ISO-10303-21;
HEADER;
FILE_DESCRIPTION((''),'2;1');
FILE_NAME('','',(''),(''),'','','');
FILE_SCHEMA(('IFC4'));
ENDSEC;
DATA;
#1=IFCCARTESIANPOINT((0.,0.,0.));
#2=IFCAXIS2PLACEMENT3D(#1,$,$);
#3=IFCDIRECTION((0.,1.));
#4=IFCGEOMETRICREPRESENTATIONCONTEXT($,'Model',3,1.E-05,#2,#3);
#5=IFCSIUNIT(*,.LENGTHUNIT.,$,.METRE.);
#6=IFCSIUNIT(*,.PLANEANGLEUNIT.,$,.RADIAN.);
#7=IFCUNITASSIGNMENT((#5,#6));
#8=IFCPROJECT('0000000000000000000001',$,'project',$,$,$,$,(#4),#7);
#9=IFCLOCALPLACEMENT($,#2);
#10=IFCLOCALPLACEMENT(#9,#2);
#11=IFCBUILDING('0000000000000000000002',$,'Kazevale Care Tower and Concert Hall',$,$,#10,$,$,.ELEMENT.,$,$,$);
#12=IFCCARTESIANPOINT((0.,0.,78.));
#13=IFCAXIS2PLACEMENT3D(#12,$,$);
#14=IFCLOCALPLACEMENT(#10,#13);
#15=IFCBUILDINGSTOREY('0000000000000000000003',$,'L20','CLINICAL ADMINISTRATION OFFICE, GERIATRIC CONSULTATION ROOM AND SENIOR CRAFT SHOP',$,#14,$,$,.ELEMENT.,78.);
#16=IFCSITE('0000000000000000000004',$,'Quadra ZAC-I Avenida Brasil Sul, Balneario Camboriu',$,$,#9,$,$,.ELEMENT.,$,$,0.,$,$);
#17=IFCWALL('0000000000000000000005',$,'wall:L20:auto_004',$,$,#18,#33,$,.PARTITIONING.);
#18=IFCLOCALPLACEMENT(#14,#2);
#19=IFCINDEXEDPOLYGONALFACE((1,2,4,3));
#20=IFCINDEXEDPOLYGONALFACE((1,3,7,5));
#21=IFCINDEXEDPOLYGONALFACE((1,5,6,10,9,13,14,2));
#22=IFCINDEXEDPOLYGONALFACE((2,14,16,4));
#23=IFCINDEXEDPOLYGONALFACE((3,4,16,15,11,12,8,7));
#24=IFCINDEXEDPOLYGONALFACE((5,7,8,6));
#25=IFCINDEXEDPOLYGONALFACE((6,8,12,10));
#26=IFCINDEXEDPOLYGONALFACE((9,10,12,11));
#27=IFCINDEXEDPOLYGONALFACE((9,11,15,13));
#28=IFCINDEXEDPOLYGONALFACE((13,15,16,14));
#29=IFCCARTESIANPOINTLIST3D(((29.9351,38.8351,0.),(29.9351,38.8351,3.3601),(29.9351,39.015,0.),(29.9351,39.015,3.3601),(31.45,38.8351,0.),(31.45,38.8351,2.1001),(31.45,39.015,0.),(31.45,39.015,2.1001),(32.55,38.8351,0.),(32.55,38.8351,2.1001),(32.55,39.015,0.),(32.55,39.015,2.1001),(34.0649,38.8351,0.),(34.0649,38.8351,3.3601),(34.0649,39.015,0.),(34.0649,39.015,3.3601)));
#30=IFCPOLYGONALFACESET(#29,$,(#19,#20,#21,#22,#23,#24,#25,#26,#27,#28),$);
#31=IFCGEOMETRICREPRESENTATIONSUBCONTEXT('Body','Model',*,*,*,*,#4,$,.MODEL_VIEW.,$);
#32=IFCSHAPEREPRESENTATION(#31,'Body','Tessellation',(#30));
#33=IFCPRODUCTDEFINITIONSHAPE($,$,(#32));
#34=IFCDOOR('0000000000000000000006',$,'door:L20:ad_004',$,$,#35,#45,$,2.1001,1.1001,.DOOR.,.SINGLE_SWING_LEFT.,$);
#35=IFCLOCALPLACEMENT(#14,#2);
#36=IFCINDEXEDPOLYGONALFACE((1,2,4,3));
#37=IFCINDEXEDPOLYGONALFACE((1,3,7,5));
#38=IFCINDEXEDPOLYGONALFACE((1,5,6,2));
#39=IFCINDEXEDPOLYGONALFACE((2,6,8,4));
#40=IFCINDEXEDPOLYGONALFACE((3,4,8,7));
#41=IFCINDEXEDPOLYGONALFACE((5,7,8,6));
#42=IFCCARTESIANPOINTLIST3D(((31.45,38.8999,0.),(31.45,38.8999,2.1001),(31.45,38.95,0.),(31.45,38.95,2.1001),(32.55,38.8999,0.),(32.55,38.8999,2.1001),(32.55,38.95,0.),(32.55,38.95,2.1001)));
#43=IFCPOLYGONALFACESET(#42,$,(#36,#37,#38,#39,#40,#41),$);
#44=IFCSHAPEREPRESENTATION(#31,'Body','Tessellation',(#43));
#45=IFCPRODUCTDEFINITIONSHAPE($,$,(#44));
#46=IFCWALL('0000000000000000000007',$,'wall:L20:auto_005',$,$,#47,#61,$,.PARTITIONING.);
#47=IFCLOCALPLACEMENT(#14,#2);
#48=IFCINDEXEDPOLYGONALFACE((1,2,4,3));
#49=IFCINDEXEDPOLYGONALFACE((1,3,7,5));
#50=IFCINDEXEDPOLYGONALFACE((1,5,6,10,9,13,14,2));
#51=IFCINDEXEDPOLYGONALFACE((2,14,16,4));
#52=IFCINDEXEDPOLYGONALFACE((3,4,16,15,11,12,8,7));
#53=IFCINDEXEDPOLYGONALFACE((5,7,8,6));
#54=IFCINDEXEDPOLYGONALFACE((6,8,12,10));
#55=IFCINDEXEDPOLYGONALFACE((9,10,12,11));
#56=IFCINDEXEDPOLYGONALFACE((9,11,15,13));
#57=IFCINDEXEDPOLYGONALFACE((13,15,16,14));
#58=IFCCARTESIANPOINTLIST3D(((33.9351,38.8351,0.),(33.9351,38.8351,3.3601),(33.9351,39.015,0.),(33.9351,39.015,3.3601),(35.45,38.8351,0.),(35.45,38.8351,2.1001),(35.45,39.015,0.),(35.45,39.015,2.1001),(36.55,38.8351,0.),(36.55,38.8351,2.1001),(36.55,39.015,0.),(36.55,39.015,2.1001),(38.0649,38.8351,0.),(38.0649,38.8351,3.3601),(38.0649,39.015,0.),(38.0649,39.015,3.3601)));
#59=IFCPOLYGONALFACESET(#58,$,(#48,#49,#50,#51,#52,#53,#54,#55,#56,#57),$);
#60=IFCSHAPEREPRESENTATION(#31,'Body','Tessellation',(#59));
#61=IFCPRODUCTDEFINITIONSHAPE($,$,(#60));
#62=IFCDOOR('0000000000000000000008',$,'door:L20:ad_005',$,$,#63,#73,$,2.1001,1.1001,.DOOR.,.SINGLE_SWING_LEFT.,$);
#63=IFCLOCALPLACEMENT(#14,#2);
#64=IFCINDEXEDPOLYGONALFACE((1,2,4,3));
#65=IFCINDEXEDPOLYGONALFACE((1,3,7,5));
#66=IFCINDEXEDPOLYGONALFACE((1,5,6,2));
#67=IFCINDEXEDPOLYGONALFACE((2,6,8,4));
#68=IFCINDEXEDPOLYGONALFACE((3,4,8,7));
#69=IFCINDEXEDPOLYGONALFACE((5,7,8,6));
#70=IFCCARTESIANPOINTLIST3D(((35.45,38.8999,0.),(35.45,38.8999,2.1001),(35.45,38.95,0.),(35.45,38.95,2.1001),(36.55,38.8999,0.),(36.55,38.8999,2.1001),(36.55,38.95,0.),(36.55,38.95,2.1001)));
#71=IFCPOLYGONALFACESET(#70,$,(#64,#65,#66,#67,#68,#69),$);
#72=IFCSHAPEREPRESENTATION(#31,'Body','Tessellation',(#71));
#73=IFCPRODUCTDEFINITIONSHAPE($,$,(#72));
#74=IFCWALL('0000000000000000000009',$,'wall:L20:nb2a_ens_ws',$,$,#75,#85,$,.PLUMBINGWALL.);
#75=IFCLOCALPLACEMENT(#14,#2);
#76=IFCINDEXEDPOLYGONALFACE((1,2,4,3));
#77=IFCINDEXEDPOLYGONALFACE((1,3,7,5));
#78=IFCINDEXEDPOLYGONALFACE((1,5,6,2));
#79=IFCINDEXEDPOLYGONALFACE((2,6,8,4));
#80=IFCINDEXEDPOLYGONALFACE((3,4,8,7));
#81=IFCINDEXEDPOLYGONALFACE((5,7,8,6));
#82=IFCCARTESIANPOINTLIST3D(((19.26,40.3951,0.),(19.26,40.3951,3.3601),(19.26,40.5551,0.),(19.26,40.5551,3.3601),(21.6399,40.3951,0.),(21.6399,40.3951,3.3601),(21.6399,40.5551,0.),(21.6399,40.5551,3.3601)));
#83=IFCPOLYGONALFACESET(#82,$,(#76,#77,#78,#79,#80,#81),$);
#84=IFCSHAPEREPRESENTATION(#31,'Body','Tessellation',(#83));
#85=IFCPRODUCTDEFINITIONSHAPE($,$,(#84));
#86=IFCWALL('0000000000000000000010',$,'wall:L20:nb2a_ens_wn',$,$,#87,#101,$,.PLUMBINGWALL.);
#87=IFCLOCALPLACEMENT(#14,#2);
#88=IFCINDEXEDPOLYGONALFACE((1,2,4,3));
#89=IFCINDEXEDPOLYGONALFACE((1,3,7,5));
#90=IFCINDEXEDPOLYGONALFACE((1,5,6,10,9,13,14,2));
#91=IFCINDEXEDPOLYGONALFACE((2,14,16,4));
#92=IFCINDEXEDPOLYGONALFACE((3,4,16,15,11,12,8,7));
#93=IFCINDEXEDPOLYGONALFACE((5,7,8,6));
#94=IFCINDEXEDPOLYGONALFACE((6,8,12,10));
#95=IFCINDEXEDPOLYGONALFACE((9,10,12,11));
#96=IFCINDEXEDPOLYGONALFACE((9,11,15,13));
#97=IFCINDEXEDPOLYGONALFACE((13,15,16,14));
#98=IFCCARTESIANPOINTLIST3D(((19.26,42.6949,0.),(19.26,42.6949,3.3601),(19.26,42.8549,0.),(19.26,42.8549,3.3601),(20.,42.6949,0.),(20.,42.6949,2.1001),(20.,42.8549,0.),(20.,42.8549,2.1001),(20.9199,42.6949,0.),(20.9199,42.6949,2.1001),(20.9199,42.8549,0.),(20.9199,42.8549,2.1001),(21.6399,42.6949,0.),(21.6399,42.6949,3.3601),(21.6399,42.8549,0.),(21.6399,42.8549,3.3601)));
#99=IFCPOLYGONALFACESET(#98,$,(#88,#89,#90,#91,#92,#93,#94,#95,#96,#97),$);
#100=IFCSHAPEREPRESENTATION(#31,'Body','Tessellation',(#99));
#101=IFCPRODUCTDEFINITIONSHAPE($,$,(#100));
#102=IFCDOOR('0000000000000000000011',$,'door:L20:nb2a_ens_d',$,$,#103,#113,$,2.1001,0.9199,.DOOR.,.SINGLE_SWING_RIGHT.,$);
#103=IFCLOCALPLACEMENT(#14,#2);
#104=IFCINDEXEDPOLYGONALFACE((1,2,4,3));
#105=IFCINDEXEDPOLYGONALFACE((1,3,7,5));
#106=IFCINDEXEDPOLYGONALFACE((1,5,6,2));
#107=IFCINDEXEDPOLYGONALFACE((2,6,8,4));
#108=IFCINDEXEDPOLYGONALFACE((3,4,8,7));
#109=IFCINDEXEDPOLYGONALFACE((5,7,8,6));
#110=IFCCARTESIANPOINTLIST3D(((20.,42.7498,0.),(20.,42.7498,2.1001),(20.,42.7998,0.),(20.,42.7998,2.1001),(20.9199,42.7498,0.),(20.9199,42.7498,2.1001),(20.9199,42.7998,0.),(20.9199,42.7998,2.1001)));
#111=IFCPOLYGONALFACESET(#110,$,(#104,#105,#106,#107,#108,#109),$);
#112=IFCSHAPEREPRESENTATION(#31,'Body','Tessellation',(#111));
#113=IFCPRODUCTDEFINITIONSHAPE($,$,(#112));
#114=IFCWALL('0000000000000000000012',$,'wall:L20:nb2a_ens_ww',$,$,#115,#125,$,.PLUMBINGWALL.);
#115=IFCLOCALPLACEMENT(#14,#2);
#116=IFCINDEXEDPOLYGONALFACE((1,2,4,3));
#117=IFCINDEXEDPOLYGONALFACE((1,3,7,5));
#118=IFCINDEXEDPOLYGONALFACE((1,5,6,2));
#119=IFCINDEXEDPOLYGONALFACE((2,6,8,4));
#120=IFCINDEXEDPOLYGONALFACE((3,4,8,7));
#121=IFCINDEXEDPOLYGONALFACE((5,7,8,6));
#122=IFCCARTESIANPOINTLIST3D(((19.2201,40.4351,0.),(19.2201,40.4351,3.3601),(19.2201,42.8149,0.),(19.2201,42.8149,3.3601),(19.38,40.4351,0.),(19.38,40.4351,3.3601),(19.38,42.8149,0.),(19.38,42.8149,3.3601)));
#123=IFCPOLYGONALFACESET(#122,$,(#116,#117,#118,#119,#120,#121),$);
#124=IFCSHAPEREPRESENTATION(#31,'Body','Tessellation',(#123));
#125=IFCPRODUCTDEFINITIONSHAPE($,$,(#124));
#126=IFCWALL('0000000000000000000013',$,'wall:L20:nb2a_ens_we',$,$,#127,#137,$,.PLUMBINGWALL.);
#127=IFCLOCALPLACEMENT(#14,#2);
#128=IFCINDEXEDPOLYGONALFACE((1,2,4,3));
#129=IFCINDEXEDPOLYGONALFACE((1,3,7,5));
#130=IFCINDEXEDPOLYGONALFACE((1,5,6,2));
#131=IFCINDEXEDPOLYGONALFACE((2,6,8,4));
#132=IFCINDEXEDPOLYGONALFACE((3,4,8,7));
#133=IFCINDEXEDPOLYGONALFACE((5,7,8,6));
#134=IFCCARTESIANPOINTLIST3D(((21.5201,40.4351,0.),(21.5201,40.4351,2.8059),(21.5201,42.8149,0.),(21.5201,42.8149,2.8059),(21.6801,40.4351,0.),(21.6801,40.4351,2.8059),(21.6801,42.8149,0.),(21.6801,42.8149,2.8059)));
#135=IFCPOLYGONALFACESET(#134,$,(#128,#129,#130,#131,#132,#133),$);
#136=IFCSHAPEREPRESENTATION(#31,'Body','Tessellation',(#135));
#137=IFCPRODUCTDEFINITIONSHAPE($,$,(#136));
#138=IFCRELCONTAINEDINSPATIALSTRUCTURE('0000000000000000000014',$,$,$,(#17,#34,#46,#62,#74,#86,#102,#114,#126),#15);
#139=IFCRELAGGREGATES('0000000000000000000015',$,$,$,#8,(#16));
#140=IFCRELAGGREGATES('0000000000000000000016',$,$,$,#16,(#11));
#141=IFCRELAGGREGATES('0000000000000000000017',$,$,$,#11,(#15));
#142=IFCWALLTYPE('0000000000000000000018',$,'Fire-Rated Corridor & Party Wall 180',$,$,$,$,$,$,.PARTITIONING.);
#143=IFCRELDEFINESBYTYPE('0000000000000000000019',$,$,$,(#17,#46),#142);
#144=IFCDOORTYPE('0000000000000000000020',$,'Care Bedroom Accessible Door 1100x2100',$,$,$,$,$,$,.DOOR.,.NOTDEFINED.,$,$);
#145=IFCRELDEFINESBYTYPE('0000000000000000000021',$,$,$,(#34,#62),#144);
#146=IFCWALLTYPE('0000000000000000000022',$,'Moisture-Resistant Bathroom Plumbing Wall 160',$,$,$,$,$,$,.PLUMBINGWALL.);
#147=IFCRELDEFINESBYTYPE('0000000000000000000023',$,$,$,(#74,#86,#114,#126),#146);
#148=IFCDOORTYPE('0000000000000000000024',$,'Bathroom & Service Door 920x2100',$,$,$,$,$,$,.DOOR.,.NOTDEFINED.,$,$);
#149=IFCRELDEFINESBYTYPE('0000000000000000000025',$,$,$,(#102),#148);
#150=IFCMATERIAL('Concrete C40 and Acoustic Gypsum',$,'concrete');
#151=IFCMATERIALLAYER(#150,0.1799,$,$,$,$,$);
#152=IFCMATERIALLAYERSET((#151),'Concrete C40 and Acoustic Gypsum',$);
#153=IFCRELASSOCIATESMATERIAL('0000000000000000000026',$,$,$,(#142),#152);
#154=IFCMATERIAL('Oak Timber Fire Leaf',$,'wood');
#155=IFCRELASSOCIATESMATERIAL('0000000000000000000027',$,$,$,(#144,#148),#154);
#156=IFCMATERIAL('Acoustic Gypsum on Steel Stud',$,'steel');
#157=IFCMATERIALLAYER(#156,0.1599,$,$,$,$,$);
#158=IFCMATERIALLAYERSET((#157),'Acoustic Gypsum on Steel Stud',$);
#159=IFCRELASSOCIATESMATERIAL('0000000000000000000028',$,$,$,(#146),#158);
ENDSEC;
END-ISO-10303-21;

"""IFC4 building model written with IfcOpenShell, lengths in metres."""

from ifc_helpers import new_model, si_unit, direction, frame, frame_2d, origin, place, context, subcontext, project, spatial, rectangle, extrude, material, layer, layer_set, type_object, element, fill, save


model = new_model("IFC4")

# Units and contexts
model_context = context("Model", 3, precision=1e-05, world=origin(), true_north=direction((0.0, 1.0)))
body_context = subcontext(model_context, "Body", "Model", "MODEL_VIEW")
ifc_project = project(units=[si_unit("LENGTHUNIT", "METRE"), si_unit("PLANEANGLEUNIT", "RADIAN")], contexts=[model_context])

# Site, building, storey
site_placement = place(None, origin())
site = spatial("IfcSite", under=ifc_project, at=site_placement, Name="Quadra ZAC-I Avenida Brasil Sul, Balneario Camboriu", CompositionType="ELEMENT", RefElevation=0.0)
building_placement = place(site_placement, origin())
building = spatial("IfcBuilding", under=site, at=building_placement, Name="Kazevale Care Tower and Concert Hall", CompositionType="ELEMENT")
storey_placement = place(building_placement, frame((0.0, 0.0, 78.0)))
storey = spatial("IfcBuildingStorey", under=building, at=storey_placement, Name="L20", Description="CLINICAL ADMINISTRATION OFFICE, GERIATRIC CONSULTATION ROOM AND SENIOR CRAFT SHOP", CompositionType="ELEMENT", Elevation=78.0)

# Shared definitions
ifc_material_1 = material(Name="Acoustic Gypsum on Steel Stud", Category="steel")

# Walls, openings, doors
ifc_material_2 = material(Name="Concrete C40 and Acoustic Gypsum", Category="concrete")
ifc_layer_1 = layer(ifc_material_2, 0.1799)
ifc_layer_set_1 = layer_set([ifc_layer_1], Name="Concrete C40 and Acoustic Gypsum")
wall_type_1 = type_object("IfcWallType", Name="Fire-Rated Corridor & Party Wall 180", PredefinedType="PARTITIONING", material=ifc_layer_set_1)
wall_1_placement = place(storey_placement, frame((29.9351, 38.925, 0.0), z_axis=(0.0, 0.0, 1.0), x_axis=(1.0, 0.0, 0.0)))
wall_1 = element("IfcWall", 1, at=wall_1_placement, inside=storey, type_object=wall_type_1, Name="wall:L20:auto_004", PredefinedType="PARTITIONING", context=body_context, shape_type="SweptSolid", body=[
    extrude(rectangle(XDim=4.1299, YDim=0.1799, at=frame_2d((2.0649, 0.0))), origin(), (0.0, 0.0, 1.0), 3.3601),
])
opening_1_placement = place(wall_1_placement, frame((1.5149, 0.0, 0.0)))
opening_1 = element("IfcOpeningElement", 2, at=opening_1_placement, cuts=wall_1, PredefinedType="OPENING", context=body_context, shape_type="SweptSolid", body=[
    extrude(rectangle(XDim=1.1001, YDim=2.1001, at=frame_2d((0.55, 1.05))), frame((0.0, 0.0999, 0.0), z_axis=(0.0, -1.0, 0.0), x_axis=(1.0, 0.0, 0.0)), (0.0, 0.0, 1.0), 0.2),
])
ifc_material_3 = material(Name="Oak Timber Fire Leaf", Category="wood")
door_type_1 = type_object("IfcDoorType", Name="Care Bedroom Accessible Door 1100x2100", OperationType="NOTDEFINED", PredefinedType="DOOR", material=ifc_material_3)
door_1_placement = place(opening_1_placement, origin())
door_1 = element("IfcDoor", 3, at=door_1_placement, inside=storey, type_object=door_type_1, Name="door:L20:ad_004", OperationType="SINGLE_SWING_LEFT", OverallHeight=2.1001, OverallWidth=1.1001, PredefinedType="DOOR", context=body_context, shape_type="SweptSolid", body=[
    extrude(rectangle(XDim=1.1001, YDim=2.1001, at=frame_2d((0.55, 1.05))), frame((0.0, 0.0249, 0.0), z_axis=(0.0, -1.0, 0.0), x_axis=(1.0, 0.0, 0.0)), (0.0, 0.0, 1.0), 0.05),
])
fill(opening_1, door_1)
wall_2_placement = place(storey_placement, frame((33.9351, 38.925, 0.0), z_axis=(0.0, 0.0, 1.0), x_axis=(1.0, 0.0, 0.0)))
wall_2 = element("IfcWall", 4, at=wall_2_placement, inside=storey, type_object=wall_type_1, Name="wall:L20:auto_005", PredefinedType="PARTITIONING", context=body_context, shape_type="SweptSolid", body=[
    extrude(rectangle(XDim=4.1299, YDim=0.1799, at=frame_2d((2.0649, 0.0))), origin(), (0.0, 0.0, 1.0), 3.3601),
])
opening_2_placement = place(wall_2_placement, frame((1.5149, 0.0, 0.0)))
opening_2 = element("IfcOpeningElement", 5, at=opening_2_placement, cuts=wall_2, PredefinedType="OPENING", context=body_context, shape_type="SweptSolid", body=[
    extrude(rectangle(XDim=1.1001, YDim=2.1001, at=frame_2d((0.55, 1.05))), frame((0.0, 0.0999, 0.0), z_axis=(0.0, -1.0, 0.0), x_axis=(1.0, 0.0, 0.0)), (0.0, 0.0, 1.0), 0.2),
])
door_2_placement = place(opening_2_placement, origin())
door_2 = element("IfcDoor", 6, at=door_2_placement, inside=storey, type_object=door_type_1, Name="door:L20:ad_005", OperationType="SINGLE_SWING_LEFT", OverallHeight=2.1001, OverallWidth=1.1001, PredefinedType="DOOR", context=body_context, shape_type="SweptSolid", body=[
    extrude(rectangle(XDim=1.1001, YDim=2.1001, at=frame_2d((0.55, 1.05))), frame((0.0, 0.0249, 0.0), z_axis=(0.0, -1.0, 0.0), x_axis=(1.0, 0.0, 0.0)), (0.0, 0.0, 1.0), 0.05),
])
fill(opening_2, door_2)

# Wall
ifc_layer_2 = layer(ifc_material_1, 0.1599)
ifc_layer_set_2 = layer_set([ifc_layer_2], Name="Acoustic Gypsum on Steel Stud")
wall_type_2 = type_object("IfcWallType", Name="Moisture-Resistant Bathroom Plumbing Wall 160", PredefinedType="PLUMBINGWALL", material=ifc_layer_set_2)
wall_3_placement = place(storey_placement, frame((19.26, 40.4751, 0.0), z_axis=(0.0, 0.0, 1.0), x_axis=(1.0, 0.0, 0.0)))
element("IfcWall", 7, at=wall_3_placement, inside=storey, type_object=wall_type_2, Name="wall:L20:nb2a_ens_ws", PredefinedType="PLUMBINGWALL", context=body_context, shape_type="SweptSolid", body=[
    extrude(rectangle(XDim=2.3799, YDim=0.1599, at=frame_2d((1.1899, 0.0))), origin(), (0.0, 0.0, 1.0), 3.3601),
])

# Wall, opening, door
wall_4_placement = place(storey_placement, frame((19.26, 42.7749, 0.0), z_axis=(0.0, 0.0, 1.0), x_axis=(1.0, 0.0, 0.0)))
wall_4 = element("IfcWall", 8, at=wall_4_placement, inside=storey, type_object=wall_type_2, Name="wall:L20:nb2a_ens_wn", PredefinedType="PLUMBINGWALL", context=body_context, shape_type="SweptSolid", body=[
    extrude(rectangle(XDim=2.3799, YDim=0.1599, at=frame_2d((1.1899, 0.0))), origin(), (0.0, 0.0, 1.0), 3.3601),
])
opening_3_placement = place(wall_4_placement, frame((0.74, 0.0, 0.0)))
opening_3 = element("IfcOpeningElement", 9, at=opening_3_placement, cuts=wall_4, PredefinedType="OPENING", context=body_context, shape_type="SweptSolid", body=[
    extrude(rectangle(XDim=0.9199, YDim=2.1001, at=frame_2d((0.46, 1.05))), frame((0.0, 0.0898, 0.0), z_axis=(0.0, -1.0, 0.0), x_axis=(1.0, 0.0, 0.0)), (0.0, 0.0, 1.0), 0.1799),
])
door_type_2 = type_object("IfcDoorType", Name="Bathroom & Service Door 920x2100", OperationType="NOTDEFINED", PredefinedType="DOOR", material=ifc_material_3)
door_3_placement = place(opening_3_placement, origin())
door_3 = element("IfcDoor", 10, at=door_3_placement, inside=storey, type_object=door_type_2, Name="door:L20:nb2a_ens_d", OperationType="SINGLE_SWING_RIGHT", OverallHeight=2.1001, OverallWidth=0.9199, PredefinedType="DOOR", context=body_context, shape_type="SweptSolid", body=[
    extrude(rectangle(XDim=0.9199, YDim=2.1001, at=frame_2d((0.46, 1.05))), frame((0.0, 0.0249, 0.0), z_axis=(0.0, -1.0, 0.0), x_axis=(1.0, 0.0, 0.0)), (0.0, 0.0, 1.0), 0.05),
])
fill(opening_3, door_3)

# Walls
wall_5_placement = place(storey_placement, frame((19.3, 40.4351, 0.0), z_axis=(0.0, 0.0, 1.0), x_axis=(0.0, 1.0, 0.0)))
element("IfcWall", 11, at=wall_5_placement, inside=storey, type_object=wall_type_2, Name="wall:L20:nb2a_ens_ww", PredefinedType="PLUMBINGWALL", context=body_context, shape_type="SweptSolid", body=[
    extrude(rectangle(XDim=2.3799, YDim=0.1599, at=frame_2d((1.1899, 0.0))), origin(), (0.0, 0.0, 1.0), 3.3601),
])
wall_6_placement = place(storey_placement, frame((21.6001, 40.4351, 0.0), z_axis=(0.0, 0.0, 1.0), x_axis=(0.0, 1.0, 0.0)))
element("IfcWall", 12, at=wall_6_placement, inside=storey, type_object=wall_type_2, Name="wall:L20:nb2a_ens_we", PredefinedType="PLUMBINGWALL", context=body_context, shape_type="SweptSolid", body=[
    extrude(rectangle(XDim=2.3799, YDim=0.1599, at=frame_2d((1.1899, 0.0))), origin(), (0.0, 0.0, 1.0), 2.8059),
])

save(model, "model.ifc")
